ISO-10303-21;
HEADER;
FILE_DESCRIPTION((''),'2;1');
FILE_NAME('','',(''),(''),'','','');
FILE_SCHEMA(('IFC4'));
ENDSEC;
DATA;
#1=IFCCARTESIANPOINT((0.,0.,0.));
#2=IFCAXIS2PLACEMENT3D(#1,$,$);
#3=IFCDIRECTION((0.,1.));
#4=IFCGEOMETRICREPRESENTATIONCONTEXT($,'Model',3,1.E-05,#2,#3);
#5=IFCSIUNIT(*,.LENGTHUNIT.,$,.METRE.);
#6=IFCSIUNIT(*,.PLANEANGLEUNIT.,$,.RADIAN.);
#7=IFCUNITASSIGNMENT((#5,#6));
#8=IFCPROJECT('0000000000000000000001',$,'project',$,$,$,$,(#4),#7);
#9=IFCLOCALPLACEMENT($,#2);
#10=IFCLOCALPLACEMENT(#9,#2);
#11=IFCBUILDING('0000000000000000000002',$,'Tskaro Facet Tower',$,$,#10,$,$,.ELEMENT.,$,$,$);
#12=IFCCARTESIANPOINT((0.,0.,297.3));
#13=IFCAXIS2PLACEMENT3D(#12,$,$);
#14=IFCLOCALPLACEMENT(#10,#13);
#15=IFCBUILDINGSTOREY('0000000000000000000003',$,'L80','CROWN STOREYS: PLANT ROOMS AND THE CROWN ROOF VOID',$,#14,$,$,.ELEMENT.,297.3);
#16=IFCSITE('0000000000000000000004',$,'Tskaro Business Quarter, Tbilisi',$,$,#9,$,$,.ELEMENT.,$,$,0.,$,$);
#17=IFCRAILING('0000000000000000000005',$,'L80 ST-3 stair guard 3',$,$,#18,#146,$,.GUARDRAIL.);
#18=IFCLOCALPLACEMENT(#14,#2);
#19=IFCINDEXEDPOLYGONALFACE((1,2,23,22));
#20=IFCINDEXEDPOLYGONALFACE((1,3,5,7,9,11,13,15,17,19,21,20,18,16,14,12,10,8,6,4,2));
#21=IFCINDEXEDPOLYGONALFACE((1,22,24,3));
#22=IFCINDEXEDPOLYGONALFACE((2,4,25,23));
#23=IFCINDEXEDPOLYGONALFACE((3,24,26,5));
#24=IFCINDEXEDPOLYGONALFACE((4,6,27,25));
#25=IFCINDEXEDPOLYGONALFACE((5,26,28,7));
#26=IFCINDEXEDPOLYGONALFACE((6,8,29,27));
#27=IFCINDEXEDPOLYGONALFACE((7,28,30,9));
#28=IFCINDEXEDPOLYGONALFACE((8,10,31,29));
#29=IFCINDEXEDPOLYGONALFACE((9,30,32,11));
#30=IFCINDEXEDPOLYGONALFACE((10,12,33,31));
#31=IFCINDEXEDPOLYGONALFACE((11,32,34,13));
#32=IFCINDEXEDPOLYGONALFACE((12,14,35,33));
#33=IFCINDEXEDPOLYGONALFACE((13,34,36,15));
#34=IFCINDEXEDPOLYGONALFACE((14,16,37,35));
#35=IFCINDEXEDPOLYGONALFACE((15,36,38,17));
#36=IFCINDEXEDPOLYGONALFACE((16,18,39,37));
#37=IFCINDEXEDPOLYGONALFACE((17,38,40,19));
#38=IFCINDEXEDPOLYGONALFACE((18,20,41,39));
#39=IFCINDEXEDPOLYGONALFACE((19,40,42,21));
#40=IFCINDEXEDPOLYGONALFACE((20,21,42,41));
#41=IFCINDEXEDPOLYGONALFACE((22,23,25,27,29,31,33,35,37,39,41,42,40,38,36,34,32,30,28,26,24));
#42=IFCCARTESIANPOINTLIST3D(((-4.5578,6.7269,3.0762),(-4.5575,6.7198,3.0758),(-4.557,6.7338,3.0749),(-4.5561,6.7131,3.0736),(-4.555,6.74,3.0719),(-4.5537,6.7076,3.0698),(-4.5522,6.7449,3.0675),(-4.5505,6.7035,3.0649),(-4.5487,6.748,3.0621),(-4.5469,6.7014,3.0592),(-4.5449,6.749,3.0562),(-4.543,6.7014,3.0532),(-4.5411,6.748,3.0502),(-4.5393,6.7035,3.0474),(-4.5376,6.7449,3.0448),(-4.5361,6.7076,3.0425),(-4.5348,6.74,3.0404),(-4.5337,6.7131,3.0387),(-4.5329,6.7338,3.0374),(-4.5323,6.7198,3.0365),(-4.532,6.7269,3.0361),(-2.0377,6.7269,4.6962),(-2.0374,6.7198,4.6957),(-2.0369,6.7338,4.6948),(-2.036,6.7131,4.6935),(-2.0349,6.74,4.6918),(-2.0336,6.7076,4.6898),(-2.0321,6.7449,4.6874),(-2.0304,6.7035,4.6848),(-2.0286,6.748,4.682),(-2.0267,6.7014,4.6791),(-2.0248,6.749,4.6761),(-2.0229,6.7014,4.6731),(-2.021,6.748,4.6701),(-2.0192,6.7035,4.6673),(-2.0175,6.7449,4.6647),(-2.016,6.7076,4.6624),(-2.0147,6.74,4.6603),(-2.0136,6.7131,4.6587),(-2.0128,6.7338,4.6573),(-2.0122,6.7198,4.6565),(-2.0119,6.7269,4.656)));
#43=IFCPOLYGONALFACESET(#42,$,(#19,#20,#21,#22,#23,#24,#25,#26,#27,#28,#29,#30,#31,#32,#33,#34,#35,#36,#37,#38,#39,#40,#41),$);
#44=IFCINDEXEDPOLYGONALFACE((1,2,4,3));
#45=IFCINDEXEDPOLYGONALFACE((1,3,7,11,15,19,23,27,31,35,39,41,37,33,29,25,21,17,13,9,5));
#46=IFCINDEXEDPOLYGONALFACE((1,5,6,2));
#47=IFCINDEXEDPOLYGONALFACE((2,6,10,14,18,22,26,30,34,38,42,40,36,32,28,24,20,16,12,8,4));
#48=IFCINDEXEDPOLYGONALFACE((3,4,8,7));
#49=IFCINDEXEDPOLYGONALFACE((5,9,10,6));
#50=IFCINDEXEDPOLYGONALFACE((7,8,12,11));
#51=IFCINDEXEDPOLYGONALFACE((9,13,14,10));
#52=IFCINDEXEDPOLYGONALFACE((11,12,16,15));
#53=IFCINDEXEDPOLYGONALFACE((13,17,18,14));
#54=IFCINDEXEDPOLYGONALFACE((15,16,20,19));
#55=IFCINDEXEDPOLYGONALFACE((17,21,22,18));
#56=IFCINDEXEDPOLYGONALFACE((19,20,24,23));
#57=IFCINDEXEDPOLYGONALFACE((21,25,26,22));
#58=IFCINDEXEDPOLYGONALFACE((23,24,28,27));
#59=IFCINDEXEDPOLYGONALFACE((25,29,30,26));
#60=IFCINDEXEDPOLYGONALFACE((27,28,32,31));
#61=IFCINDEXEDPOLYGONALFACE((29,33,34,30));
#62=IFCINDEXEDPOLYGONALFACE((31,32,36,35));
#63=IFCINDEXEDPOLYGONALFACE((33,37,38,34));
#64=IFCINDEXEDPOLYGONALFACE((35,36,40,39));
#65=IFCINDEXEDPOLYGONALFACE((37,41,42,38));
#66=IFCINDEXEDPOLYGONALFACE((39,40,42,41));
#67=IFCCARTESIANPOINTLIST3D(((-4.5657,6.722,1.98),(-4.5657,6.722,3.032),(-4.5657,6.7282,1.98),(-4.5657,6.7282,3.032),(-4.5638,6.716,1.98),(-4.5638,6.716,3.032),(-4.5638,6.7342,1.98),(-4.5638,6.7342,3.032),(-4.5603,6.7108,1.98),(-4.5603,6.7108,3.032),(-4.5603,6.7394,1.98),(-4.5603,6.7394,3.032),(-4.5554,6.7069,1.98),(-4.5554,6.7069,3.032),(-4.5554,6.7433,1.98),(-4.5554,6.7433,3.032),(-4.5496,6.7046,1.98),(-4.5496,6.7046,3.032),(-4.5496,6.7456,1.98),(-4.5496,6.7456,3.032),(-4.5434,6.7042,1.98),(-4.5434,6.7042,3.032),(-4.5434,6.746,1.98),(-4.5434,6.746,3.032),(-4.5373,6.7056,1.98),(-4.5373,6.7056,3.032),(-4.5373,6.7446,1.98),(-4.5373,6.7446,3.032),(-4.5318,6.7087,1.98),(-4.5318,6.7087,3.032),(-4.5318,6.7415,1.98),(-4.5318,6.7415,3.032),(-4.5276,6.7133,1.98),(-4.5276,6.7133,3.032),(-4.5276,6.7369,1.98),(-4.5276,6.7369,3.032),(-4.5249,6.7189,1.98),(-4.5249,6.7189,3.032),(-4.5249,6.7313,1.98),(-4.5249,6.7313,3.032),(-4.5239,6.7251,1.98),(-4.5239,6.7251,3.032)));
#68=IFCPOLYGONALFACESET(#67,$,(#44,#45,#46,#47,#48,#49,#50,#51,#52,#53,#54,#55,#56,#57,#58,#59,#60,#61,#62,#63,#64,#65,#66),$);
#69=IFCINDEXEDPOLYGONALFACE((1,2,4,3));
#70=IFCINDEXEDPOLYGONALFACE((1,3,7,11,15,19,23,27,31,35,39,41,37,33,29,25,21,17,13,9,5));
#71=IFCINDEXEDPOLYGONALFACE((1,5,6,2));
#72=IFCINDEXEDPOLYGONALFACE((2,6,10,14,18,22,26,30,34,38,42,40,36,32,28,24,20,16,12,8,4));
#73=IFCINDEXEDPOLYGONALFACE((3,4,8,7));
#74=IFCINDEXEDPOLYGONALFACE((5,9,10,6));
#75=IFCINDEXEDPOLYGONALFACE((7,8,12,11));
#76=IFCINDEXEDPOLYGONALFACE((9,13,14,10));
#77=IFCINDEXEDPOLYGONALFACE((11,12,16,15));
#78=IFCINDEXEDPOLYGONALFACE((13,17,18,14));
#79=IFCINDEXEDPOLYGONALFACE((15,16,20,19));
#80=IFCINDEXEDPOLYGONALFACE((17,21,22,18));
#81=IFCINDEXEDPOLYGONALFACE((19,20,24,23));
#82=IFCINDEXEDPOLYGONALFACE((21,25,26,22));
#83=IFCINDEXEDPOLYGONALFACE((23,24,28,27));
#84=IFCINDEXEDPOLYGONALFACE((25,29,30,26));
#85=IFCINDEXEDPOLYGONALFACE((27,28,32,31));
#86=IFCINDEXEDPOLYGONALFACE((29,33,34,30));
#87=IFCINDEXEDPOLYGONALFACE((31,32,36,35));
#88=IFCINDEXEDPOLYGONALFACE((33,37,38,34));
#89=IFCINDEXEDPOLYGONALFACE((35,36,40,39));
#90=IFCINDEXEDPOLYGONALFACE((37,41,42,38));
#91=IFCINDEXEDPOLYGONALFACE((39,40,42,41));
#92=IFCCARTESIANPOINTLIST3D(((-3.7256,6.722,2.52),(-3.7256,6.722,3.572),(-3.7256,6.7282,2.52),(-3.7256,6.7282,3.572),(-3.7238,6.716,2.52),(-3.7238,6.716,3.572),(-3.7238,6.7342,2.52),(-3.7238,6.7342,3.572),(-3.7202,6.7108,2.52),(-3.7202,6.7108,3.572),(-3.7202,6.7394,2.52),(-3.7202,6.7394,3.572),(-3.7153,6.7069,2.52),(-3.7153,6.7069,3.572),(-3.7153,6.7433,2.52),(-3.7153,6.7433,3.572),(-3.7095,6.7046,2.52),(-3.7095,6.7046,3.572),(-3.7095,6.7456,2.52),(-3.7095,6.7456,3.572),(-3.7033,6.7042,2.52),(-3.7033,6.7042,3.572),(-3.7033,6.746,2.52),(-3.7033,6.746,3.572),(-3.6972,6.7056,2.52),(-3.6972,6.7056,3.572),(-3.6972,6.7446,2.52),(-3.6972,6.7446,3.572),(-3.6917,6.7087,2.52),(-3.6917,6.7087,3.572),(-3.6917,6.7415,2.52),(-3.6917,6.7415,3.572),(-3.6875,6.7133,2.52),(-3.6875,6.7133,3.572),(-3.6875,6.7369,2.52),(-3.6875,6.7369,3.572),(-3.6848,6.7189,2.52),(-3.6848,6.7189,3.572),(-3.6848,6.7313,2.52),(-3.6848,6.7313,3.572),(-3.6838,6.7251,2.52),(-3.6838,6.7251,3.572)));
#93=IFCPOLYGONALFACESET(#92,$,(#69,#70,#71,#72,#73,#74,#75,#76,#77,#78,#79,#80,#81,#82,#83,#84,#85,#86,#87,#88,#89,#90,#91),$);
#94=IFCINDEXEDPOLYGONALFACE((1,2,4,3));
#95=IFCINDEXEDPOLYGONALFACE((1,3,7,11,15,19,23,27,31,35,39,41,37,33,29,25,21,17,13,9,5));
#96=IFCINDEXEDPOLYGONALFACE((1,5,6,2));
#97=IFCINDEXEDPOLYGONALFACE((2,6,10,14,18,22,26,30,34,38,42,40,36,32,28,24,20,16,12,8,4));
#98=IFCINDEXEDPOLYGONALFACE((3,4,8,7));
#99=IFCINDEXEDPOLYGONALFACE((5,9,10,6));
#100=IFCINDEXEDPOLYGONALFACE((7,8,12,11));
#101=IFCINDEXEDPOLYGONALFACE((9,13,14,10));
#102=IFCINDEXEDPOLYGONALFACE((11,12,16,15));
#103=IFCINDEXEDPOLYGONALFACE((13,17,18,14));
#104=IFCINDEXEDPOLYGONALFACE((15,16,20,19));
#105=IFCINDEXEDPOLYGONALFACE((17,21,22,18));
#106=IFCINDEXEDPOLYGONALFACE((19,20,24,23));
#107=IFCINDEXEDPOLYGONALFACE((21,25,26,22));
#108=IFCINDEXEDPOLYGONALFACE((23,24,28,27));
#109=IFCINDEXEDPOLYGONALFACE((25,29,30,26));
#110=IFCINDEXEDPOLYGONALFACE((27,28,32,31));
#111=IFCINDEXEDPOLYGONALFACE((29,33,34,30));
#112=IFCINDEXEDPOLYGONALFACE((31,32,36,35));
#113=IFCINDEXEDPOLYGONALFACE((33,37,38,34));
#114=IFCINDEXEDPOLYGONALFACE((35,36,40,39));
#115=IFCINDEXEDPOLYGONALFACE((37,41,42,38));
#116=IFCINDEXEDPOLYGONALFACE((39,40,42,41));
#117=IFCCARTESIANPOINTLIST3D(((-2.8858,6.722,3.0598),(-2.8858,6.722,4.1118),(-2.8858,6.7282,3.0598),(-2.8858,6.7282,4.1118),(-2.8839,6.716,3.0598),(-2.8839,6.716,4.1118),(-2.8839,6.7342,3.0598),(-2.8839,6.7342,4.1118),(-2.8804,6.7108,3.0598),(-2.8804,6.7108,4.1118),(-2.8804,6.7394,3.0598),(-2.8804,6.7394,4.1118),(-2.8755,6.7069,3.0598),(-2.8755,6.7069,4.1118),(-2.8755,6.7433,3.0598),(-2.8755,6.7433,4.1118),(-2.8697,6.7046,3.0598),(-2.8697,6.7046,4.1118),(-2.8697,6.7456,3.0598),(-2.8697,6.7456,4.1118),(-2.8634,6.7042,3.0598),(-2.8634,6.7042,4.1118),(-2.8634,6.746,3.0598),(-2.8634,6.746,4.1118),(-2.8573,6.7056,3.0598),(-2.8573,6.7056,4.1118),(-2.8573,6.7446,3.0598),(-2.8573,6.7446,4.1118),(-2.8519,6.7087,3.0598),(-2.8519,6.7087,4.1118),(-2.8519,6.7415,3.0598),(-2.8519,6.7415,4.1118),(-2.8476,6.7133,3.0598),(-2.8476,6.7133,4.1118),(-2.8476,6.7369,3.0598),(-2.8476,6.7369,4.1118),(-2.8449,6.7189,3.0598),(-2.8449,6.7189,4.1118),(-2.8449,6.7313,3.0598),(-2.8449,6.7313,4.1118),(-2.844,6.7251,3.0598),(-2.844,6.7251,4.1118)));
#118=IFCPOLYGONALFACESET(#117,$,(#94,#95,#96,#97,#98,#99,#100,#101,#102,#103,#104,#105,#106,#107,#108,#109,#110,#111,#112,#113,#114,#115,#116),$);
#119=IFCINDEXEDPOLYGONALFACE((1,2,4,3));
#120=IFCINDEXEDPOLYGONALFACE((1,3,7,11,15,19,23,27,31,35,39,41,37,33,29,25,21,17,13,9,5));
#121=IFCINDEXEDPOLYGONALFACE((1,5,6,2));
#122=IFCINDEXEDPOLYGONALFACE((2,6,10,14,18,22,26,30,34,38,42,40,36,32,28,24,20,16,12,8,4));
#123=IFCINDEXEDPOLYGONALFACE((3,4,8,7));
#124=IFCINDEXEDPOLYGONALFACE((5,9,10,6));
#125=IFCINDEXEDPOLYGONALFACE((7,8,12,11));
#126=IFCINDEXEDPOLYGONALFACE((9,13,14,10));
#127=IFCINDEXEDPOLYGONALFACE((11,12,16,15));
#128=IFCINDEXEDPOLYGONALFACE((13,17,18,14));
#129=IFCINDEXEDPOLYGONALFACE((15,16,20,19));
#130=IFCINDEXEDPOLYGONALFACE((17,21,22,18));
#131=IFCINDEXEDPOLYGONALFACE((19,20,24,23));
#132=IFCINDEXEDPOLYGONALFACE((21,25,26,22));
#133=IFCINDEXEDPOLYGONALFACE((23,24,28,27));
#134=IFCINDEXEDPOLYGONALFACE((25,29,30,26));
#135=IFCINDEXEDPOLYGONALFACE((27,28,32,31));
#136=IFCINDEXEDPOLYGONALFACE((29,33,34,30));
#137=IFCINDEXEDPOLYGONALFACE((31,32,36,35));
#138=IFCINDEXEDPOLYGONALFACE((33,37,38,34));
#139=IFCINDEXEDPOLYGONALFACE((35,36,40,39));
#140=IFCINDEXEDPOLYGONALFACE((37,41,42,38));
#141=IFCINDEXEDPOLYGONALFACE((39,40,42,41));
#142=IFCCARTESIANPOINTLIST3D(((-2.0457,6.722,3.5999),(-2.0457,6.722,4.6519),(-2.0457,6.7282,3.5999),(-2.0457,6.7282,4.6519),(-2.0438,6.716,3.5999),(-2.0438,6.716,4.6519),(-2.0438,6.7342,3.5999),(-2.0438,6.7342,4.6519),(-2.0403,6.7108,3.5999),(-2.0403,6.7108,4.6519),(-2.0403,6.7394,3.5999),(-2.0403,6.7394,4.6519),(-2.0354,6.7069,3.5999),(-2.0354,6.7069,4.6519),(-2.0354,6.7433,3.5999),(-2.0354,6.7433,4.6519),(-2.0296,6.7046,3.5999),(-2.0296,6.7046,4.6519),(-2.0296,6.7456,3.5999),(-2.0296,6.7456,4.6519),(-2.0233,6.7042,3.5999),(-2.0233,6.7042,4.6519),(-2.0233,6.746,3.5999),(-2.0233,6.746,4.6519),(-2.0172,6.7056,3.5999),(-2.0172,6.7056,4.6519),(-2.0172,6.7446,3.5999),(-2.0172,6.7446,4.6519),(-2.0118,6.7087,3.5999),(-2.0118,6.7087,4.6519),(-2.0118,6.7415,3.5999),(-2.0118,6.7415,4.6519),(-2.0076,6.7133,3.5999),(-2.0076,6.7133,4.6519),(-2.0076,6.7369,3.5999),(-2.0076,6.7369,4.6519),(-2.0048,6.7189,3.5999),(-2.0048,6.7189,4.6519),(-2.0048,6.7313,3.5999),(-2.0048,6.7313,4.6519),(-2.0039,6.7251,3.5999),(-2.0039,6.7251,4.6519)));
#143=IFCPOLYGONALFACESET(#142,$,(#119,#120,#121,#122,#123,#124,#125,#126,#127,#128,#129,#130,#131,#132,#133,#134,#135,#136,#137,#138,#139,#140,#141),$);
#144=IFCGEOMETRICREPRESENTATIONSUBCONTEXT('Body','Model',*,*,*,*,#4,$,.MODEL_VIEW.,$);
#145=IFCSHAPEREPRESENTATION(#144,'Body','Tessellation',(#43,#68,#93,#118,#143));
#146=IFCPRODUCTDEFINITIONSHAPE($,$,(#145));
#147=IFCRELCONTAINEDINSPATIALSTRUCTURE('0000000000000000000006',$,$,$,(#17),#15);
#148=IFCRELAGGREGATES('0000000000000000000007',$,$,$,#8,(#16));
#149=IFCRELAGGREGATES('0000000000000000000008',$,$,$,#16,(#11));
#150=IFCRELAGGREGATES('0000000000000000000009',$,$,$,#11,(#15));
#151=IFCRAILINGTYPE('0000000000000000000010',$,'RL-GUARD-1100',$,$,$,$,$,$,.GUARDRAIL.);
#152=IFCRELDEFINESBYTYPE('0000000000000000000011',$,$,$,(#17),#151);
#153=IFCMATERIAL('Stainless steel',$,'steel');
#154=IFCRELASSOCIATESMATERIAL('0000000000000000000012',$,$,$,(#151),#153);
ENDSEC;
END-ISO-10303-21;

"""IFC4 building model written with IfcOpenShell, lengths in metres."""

from ifc_helpers import new_model, si_unit, direction, frame, origin, origin_2d, place, context, subcontext, project, spatial, circle, extrude, material, type_object, element, save


model = new_model("IFC4")

# Units and contexts
model_context = context("Model", 3, precision=1e-05, world=origin(), true_north=direction((0.0, 1.0)))
body_context = subcontext(model_context, "Body", "Model", "MODEL_VIEW")
ifc_project = project(units=[si_unit("LENGTHUNIT", "METRE"), si_unit("PLANEANGLEUNIT", "RADIAN")], contexts=[model_context])

# Site, building, storey
site_placement = place(None, origin())
site = spatial("IfcSite", under=ifc_project, at=site_placement, Name="Tskaro Business Quarter, Tbilisi", CompositionType="ELEMENT", RefElevation=0.0)
building_placement = place(site_placement, origin())
building = spatial("IfcBuilding", under=site, at=building_placement, Name="Tskaro Facet Tower", CompositionType="ELEMENT")
storey_placement = place(building_placement, frame((0.0, 0.0, 297.3)))
storey = spatial("IfcBuildingStorey", under=building, at=storey_placement, Name="L80", Description="CROWN STOREYS: PLANT ROOMS AND THE CROWN ROOF VOID", CompositionType="ELEMENT", Elevation=297.3)

# Railing
ifc_material_1 = material(Name="Stainless steel", Category="steel")
railing_type_1 = type_object("IfcRailingType", Name="RL-GUARD-1100", PredefinedType="GUARDRAIL", material=ifc_material_1)
railing_1_placement = place(storey_placement, frame((-4.5449, 6.7251, 1.98)))
element("IfcRailing", 1, at=railing_1_placement, inside=storey, type_object=railing_type_1, Name="L80 ST-3 stair guard 3", PredefinedType="GUARDRAIL", context=body_context, shape_type="SweptSolid", body=[
    extrude(circle(Radius=0.0239, at=origin_2d()), frame((0.0, 0.0, 1.0762), z_axis=(0.8412, 0.0, 0.540725), x_axis=(0.0, 1.0, 0.0)), (0.0, 0.0, 1.0), 2.9958),
    extrude(circle(Radius=0.021, at=origin_2d()), origin(), (0.0, 0.0, 1.0), 1.052),
    extrude(circle(Radius=0.021, at=origin_2d()), frame((0.8401, 0.0, 0.54)), (0.0, 0.0, 1.0), 1.052),
    extrude(circle(Radius=0.021, at=origin_2d()), frame((1.6799, 0.0, 1.0798)), (0.0, 0.0, 1.0), 1.052),
    extrude(circle(Radius=0.021, at=origin_2d()), frame((2.52, 0.0, 1.6199)), (0.0, 0.0, 1.0), 1.052),
])

save(model, "model.ifc")
